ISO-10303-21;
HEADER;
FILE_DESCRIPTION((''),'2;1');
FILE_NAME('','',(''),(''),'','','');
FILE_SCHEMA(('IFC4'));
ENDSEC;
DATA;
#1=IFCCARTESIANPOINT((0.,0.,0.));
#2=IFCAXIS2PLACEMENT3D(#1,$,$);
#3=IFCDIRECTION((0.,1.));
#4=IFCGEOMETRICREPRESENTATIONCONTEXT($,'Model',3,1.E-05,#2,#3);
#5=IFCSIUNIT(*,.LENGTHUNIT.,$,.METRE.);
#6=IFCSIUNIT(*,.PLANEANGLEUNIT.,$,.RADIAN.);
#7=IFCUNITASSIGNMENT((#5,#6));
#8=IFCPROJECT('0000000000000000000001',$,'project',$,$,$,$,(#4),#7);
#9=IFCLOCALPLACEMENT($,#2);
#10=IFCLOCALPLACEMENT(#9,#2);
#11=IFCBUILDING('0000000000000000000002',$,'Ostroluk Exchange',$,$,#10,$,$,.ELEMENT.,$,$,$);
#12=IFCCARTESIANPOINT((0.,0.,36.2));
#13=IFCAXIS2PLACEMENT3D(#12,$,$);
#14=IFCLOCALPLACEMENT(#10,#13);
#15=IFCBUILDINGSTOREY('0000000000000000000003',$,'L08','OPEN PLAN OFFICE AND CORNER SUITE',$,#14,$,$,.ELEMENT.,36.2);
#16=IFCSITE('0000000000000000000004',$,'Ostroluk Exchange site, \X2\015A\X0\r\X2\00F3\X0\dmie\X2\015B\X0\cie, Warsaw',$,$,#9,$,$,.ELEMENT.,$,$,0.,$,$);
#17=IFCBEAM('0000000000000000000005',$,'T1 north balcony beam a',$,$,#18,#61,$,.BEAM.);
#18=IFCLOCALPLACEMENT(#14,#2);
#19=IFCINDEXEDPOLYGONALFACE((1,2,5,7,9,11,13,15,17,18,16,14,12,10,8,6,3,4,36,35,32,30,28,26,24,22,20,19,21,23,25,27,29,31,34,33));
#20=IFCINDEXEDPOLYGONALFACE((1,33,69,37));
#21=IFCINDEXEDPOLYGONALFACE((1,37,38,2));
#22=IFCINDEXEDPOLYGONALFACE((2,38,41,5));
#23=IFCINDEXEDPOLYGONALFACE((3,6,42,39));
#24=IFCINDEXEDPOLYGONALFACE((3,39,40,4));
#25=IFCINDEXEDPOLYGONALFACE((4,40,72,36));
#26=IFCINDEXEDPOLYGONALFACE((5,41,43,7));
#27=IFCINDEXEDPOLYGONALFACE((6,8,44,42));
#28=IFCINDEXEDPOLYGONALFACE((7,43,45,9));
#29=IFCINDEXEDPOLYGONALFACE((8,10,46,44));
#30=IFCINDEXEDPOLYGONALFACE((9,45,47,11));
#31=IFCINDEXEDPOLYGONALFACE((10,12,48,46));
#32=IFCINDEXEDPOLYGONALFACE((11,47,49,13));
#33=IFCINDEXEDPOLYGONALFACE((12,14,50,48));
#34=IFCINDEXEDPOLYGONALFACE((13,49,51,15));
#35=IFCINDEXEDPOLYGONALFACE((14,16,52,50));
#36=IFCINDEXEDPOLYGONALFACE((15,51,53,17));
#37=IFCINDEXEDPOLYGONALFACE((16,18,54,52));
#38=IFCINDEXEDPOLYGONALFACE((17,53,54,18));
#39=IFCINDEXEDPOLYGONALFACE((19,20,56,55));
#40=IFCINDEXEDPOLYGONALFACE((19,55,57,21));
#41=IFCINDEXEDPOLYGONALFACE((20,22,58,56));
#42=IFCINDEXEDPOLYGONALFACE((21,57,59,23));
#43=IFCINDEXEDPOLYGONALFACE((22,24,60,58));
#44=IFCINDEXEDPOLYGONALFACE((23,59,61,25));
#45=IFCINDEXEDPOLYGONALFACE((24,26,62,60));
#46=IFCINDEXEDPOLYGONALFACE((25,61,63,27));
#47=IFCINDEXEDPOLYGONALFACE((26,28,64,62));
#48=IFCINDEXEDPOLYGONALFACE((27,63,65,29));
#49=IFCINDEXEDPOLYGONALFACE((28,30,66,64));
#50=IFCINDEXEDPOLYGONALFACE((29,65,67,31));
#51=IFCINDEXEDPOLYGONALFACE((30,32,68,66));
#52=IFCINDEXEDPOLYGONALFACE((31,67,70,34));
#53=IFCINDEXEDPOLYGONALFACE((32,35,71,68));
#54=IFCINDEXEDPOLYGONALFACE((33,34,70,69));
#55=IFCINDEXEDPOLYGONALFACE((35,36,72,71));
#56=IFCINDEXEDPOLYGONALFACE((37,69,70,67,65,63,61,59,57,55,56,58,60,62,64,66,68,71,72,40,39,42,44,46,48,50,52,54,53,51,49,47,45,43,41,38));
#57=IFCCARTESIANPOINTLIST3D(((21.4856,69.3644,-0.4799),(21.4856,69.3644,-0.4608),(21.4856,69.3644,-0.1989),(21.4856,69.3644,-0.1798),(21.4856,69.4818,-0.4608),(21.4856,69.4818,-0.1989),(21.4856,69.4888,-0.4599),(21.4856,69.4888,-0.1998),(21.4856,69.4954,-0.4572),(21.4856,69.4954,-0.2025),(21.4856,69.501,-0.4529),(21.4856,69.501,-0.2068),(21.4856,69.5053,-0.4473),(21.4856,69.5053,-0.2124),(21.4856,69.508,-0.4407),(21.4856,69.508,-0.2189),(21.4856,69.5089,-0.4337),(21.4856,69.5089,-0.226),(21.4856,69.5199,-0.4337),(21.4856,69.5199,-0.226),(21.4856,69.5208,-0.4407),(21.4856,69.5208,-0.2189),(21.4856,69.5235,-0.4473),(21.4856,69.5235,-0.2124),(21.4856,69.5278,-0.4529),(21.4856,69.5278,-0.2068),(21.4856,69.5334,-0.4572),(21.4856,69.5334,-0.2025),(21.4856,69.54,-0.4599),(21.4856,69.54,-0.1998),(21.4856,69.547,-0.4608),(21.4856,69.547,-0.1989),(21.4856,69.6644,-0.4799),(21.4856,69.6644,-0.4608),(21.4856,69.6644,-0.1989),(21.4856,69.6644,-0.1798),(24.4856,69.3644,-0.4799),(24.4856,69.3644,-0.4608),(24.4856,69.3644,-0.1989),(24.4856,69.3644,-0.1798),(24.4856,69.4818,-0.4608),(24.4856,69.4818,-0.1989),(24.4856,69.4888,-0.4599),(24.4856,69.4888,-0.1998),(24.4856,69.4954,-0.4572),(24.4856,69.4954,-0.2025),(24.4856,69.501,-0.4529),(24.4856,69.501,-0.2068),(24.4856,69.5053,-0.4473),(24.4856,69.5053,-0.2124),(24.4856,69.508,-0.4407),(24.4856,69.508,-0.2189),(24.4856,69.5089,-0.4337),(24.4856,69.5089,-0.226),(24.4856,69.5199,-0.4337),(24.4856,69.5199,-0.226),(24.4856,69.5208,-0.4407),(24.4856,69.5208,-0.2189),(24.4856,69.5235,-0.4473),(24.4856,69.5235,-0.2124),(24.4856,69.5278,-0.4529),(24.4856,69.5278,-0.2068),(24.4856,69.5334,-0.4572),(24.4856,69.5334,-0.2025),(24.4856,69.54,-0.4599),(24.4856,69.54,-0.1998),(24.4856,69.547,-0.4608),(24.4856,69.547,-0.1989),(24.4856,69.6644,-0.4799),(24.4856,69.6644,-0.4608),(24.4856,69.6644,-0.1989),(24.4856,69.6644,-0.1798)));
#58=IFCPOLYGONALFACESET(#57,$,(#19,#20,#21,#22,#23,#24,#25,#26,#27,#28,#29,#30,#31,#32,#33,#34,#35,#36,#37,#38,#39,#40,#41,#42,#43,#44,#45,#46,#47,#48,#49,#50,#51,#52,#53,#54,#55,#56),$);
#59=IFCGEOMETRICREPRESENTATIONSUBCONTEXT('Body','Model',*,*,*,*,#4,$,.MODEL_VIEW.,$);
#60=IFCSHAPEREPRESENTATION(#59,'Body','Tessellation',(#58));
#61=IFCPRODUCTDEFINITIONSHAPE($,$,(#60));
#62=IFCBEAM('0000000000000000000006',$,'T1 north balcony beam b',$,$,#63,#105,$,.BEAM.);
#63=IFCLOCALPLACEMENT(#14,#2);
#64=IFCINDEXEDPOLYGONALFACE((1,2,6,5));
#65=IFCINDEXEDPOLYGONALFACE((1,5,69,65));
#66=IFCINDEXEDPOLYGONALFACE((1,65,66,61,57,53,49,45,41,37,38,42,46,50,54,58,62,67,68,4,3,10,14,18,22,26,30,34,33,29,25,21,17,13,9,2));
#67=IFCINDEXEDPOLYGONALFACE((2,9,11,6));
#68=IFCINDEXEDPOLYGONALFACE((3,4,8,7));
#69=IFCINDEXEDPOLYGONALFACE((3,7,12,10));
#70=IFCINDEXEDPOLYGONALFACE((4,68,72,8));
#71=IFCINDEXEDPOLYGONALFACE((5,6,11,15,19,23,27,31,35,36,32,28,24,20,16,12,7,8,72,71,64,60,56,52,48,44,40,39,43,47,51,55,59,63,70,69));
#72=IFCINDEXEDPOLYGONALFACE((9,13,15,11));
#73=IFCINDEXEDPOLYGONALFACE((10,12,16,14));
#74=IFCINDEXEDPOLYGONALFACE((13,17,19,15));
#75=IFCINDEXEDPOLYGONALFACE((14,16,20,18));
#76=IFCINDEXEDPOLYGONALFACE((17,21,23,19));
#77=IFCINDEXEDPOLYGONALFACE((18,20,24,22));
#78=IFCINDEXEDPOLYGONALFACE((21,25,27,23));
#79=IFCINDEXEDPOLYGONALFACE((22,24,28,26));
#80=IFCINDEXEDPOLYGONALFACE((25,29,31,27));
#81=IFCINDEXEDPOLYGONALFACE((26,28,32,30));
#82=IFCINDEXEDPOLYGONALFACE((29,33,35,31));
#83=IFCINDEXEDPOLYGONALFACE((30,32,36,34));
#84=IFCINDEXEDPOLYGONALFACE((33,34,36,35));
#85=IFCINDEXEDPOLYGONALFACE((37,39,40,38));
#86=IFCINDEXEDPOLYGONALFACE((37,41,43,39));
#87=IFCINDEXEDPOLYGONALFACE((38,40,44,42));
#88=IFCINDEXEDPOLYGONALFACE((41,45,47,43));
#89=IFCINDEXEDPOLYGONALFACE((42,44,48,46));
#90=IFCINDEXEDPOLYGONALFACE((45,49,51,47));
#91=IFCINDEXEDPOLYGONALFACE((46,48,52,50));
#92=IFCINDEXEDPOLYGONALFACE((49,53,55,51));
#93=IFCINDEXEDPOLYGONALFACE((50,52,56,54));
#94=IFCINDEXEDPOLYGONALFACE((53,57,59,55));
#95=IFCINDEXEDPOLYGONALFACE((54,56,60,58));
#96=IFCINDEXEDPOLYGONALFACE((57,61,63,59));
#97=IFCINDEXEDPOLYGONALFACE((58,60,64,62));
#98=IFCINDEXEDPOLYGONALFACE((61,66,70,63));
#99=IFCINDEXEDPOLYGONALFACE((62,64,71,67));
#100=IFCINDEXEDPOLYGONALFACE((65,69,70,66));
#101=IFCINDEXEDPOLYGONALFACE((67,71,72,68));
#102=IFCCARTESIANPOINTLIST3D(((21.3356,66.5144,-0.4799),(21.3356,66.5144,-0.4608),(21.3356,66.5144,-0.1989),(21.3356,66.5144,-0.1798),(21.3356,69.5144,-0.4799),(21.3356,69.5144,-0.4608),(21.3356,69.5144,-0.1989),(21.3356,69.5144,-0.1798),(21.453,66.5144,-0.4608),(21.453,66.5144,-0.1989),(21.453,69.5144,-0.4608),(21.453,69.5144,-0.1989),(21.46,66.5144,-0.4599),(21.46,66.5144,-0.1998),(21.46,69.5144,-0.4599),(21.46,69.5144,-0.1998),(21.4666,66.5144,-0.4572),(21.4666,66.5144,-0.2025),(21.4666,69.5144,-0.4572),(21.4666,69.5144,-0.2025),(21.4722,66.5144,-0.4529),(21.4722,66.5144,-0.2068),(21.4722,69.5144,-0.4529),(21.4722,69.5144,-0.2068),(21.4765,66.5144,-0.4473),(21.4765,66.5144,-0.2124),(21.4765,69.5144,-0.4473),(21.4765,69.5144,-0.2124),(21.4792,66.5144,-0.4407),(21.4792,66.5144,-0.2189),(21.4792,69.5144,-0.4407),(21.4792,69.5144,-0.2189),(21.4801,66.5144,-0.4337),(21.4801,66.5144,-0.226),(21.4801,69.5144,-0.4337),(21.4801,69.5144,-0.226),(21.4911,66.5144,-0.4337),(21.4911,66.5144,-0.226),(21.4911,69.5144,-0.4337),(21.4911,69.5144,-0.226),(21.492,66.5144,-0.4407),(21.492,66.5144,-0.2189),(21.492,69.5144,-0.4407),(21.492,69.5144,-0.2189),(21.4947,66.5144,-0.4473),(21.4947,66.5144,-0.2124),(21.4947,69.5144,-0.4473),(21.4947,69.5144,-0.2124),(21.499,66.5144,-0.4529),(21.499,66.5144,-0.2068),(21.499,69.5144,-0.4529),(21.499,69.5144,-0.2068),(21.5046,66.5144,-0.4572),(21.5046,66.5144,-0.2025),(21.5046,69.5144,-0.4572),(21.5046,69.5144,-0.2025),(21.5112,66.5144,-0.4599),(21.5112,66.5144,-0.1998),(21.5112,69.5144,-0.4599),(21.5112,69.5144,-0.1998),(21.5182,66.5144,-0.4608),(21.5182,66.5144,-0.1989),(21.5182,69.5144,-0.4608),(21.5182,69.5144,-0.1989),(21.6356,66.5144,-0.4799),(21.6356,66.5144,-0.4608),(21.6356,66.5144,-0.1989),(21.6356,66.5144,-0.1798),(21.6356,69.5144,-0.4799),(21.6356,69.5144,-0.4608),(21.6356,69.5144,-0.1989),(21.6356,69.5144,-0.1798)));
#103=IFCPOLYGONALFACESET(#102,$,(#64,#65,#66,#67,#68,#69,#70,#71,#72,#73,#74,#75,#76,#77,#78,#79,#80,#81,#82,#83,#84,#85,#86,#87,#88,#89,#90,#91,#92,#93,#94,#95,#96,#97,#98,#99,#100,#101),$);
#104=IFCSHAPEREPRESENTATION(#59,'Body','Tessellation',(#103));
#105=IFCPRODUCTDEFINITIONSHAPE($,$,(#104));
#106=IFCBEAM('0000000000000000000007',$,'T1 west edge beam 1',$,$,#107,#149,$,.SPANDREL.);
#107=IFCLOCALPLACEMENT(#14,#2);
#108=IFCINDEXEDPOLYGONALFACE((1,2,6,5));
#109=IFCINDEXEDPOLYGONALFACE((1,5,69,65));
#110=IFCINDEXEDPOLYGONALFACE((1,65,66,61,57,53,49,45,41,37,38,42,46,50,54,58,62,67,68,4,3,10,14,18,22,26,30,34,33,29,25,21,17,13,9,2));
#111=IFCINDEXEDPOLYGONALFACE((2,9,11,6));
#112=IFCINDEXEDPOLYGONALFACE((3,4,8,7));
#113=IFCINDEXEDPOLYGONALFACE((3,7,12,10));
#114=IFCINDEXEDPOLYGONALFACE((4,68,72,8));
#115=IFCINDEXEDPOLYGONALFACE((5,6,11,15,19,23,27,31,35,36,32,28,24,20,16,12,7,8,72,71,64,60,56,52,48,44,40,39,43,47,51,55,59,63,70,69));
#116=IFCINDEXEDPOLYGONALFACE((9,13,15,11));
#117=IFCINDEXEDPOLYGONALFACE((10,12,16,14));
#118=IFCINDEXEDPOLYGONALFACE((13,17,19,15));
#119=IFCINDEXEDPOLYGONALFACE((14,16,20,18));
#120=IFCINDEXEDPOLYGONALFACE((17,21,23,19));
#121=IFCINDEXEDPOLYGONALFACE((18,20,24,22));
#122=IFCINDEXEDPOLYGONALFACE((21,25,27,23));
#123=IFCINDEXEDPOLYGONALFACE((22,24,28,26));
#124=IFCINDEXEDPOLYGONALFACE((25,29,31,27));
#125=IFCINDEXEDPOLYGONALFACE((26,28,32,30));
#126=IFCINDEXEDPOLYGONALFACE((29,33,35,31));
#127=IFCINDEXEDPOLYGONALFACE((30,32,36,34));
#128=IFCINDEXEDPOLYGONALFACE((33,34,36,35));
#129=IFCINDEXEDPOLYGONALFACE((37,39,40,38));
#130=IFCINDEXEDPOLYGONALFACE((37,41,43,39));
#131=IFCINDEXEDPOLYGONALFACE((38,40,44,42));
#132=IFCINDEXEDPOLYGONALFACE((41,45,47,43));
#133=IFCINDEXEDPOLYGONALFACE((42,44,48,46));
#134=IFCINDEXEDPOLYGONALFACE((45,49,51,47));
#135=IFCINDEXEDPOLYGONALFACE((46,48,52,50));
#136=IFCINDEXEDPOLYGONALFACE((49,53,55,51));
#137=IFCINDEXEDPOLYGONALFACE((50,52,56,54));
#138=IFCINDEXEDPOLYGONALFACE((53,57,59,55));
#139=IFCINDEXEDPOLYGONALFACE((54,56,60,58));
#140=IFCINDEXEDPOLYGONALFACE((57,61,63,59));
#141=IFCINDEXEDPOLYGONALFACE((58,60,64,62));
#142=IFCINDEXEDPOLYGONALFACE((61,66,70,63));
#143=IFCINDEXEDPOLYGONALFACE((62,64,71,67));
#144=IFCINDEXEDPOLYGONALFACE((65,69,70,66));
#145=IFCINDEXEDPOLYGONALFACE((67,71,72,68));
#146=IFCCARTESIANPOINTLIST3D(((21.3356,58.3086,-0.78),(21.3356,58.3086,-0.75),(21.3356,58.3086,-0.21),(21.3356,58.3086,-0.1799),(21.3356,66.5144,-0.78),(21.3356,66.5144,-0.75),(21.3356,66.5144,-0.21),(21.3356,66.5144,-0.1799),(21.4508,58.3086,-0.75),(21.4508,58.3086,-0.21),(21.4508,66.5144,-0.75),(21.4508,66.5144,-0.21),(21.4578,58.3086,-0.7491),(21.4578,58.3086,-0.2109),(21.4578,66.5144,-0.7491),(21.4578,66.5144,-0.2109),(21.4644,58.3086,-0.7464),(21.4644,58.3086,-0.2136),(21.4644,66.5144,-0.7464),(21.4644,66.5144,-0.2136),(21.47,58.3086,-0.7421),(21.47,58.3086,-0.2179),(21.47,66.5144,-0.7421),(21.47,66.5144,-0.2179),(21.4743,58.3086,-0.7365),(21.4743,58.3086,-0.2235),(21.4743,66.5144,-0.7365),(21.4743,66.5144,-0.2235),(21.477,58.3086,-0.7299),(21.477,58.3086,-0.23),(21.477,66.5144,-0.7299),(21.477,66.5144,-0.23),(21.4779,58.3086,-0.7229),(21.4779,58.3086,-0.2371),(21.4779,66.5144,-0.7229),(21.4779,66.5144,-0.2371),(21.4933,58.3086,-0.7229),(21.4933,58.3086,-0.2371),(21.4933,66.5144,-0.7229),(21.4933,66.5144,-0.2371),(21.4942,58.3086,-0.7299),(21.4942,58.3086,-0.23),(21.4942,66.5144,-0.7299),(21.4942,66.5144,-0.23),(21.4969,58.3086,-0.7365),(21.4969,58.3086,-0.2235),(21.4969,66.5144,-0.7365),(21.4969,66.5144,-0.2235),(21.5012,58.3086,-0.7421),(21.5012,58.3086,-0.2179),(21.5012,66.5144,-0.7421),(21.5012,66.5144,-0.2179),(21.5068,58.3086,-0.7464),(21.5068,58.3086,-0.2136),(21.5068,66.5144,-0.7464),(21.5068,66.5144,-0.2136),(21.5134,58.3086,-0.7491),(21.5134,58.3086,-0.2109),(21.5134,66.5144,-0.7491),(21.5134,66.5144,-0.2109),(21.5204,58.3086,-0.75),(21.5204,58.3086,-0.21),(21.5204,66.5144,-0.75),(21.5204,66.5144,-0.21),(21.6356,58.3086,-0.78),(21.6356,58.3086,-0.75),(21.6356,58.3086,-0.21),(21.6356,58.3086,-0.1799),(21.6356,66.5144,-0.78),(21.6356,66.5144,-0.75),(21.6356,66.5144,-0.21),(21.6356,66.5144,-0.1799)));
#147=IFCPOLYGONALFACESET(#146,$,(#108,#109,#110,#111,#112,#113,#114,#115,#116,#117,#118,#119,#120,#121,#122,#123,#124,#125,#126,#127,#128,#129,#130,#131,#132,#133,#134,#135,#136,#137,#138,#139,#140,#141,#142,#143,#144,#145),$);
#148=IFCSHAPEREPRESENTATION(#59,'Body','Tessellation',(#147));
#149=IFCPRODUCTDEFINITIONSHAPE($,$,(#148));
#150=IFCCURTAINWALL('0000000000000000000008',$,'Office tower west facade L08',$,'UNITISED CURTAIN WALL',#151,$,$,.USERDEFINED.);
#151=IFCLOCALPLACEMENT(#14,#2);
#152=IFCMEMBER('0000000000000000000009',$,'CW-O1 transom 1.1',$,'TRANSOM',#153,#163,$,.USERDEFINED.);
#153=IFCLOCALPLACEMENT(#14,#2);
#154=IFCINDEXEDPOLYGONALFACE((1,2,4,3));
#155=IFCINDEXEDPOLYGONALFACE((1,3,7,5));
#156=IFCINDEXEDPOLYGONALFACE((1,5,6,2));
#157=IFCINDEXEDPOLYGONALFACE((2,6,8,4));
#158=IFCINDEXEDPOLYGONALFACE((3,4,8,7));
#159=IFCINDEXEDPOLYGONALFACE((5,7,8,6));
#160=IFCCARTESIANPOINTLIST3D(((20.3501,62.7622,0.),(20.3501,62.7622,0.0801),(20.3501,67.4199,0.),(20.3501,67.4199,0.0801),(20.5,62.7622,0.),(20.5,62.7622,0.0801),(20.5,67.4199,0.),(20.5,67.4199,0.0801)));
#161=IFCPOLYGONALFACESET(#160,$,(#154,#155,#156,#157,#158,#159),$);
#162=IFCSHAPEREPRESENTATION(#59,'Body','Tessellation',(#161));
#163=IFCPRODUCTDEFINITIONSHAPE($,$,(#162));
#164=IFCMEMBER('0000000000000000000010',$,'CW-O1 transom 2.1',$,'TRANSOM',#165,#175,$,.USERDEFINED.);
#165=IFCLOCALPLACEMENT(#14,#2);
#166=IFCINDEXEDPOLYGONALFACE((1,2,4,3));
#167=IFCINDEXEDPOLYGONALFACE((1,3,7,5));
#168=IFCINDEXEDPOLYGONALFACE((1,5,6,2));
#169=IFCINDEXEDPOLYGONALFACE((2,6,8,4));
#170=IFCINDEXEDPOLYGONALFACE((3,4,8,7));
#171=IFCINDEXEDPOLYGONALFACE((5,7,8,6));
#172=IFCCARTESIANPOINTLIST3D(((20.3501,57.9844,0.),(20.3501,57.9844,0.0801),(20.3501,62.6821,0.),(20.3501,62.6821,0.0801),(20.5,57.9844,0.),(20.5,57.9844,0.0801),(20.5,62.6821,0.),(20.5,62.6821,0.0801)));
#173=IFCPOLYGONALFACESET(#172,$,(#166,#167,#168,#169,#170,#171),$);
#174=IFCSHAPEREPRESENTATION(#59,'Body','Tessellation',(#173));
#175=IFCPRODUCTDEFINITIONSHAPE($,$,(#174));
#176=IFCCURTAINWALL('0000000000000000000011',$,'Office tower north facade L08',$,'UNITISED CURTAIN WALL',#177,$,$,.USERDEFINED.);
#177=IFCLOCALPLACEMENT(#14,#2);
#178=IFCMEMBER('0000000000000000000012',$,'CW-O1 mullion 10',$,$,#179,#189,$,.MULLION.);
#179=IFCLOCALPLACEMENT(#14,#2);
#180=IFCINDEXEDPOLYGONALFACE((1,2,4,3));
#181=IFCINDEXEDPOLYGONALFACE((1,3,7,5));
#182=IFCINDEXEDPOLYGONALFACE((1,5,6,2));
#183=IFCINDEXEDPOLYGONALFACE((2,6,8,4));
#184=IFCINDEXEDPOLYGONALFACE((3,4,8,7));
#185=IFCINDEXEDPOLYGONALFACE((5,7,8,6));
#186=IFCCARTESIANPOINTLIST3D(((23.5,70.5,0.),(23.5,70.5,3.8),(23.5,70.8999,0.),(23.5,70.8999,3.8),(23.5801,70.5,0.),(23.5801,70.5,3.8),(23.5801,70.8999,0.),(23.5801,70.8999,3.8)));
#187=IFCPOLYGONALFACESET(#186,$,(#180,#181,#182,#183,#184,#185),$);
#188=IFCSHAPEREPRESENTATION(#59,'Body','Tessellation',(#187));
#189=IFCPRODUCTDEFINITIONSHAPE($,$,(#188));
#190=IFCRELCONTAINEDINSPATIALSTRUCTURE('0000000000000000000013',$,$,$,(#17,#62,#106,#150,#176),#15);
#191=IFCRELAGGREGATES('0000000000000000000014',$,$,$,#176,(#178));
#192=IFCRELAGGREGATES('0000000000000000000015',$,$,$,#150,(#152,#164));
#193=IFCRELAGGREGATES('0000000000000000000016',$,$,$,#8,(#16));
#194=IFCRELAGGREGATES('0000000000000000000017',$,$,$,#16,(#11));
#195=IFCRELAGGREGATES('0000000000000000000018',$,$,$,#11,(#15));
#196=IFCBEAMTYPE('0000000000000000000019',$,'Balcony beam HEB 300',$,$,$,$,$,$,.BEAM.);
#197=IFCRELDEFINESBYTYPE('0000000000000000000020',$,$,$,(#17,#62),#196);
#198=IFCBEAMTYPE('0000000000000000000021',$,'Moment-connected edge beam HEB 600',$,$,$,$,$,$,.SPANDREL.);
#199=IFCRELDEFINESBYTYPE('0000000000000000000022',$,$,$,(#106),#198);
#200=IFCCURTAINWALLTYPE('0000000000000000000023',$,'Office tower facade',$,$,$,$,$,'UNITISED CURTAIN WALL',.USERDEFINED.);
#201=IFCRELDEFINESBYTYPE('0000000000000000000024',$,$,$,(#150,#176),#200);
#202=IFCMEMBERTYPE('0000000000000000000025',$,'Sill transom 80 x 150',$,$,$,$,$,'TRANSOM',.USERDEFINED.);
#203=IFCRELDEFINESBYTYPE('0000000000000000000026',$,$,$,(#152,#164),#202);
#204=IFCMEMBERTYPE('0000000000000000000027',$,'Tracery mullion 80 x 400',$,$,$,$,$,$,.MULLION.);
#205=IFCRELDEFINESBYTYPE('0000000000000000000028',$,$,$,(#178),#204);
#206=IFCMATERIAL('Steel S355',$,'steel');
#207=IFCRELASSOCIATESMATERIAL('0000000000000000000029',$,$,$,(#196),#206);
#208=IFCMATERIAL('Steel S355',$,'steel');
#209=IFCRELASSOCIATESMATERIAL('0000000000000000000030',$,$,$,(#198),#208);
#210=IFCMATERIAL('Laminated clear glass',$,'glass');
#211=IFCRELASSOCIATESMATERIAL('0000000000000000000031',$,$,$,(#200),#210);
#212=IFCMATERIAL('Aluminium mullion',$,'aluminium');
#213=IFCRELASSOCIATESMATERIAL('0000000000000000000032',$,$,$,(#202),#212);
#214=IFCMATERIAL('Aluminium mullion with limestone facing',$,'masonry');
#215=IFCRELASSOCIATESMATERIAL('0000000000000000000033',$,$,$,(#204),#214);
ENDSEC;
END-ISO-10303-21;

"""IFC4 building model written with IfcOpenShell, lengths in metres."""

from ifc_helpers import new_model, si_unit, direction, frame, origin, origin_2d, place, context, subcontext, project, spatial, rectangle, i_section, extrude, material, material_profile, profile_set, type_object, element, aggregate, save


model = new_model("IFC4")

# Units and contexts
model_context = context("Model", 3, precision=1e-05, world=origin(), true_north=direction((0.0, 1.0)))
body_context = subcontext(model_context, "Body", "Model", "MODEL_VIEW")
ifc_project = project(units=[si_unit("LENGTHUNIT", "METRE"), si_unit("PLANEANGLEUNIT", "RADIAN")], contexts=[model_context])

# Site, building, storey
site_placement = place(None, origin())
site = spatial("IfcSite", under=ifc_project, at=site_placement, Name="Ostroluk Exchange site, Śródmieście, Warsaw", CompositionType="ELEMENT", RefElevation=0.0)
building_placement = place(site_placement, origin())
building = spatial("IfcBuilding", under=site, at=building_placement, Name="Ostroluk Exchange", CompositionType="ELEMENT")
storey_placement = place(building_placement, frame((0.0, 0.0, 36.2)))
storey = spatial("IfcBuildingStorey", under=building, at=storey_placement, Name="L08", Description="OPEN PLAN OFFICE AND CORNER SUITE", CompositionType="ELEMENT", Elevation=36.2)

# Beams
ifc_material_1 = material(Name="Steel S355", Category="steel")
ifc_material_profile_1 = material_profile(ifc_material_1, i_section(OverallWidth=0.3, OverallDepth=0.3, WebThickness=0.011, FlangeThickness=0.019, FilletRadius=0.0271, at=origin_2d()), Name="HEB 300")
ifc_profile_set_1 = profile_set([ifc_material_profile_1], Name="Steel S355")
beam_type_1 = type_object("IfcBeamType", Name="Balcony beam HEB 300", PredefinedType="BEAM", material=ifc_profile_set_1)
for number, where, z_axis, x_axis, name in (
    (1, (24.4856, 69.5144, -0.3298), (-1.0, 0.0, 0.0), (0.0, -1.0, 0.0), "T1 north balcony beam a"),
    (2, (21.4856, 66.5144, -0.3298), (0.0, 1.0, 0.0), (-1.0, 0.0, 0.0), "T1 north balcony beam b"),
):
    element("IfcBeam", number, at=place(storey_placement, frame(where, z_axis=z_axis, x_axis=x_axis)), inside=storey, type_object=beam_type_1, Name=name, PredefinedType="BEAM", context=body_context, shape_type="SweptSolid", body=[
        extrude(i_section(OverallWidth=0.3, OverallDepth=0.3, WebThickness=0.011, FlangeThickness=0.019, FilletRadius=0.0271, at=origin_2d()), origin(), (0.0, 0.0, 1.0), 3.0),
    ])
ifc_material_2 = material(Name="Steel S355", Category="steel")
ifc_material_profile_2 = material_profile(ifc_material_2, i_section(OverallWidth=0.3, OverallDepth=0.6001, WebThickness=0.0154, FlangeThickness=0.03, FilletRadius=0.0271, at=origin_2d()), Name="HEB 600")
ifc_profile_set_2 = profile_set([ifc_material_profile_2], Name="Steel S355")
beam_type_2 = type_object("IfcBeamType", Name="Moment-connected edge beam HEB 600", PredefinedType="SPANDREL", material=ifc_profile_set_2)
beam_placement = place(storey_placement, frame((21.4856, 66.5144, -0.48), z_axis=(0.0, -1.0, 0.0), x_axis=(1.0, 0.0, 0.0)))
element("IfcBeam", 3, at=beam_placement, inside=storey, type_object=beam_type_2, Name="T1 west edge beam 1", PredefinedType="SPANDREL", context=body_context, shape_type="SweptSolid", body=[
    extrude(i_section(OverallWidth=0.3, OverallDepth=0.6001, WebThickness=0.0154, FlangeThickness=0.03, FilletRadius=0.0271, at=origin_2d()), origin(), (0.0, 0.0, 1.0), 8.2058),
])

# Curtain wall, members
ifc_material_3 = material(Name="Laminated clear glass", Category="glass")
curtain_wall_type = type_object("IfcCurtainWallType", Name="Office tower facade", ElementType="UNITISED CURTAIN WALL", PredefinedType="USERDEFINED", material=ifc_material_3)
curtain_wall_1_placement = place(storey_placement, origin())
curtain_wall_1 = element("IfcCurtainWall", 4, at=curtain_wall_1_placement, inside=storey, type_object=curtain_wall_type, Name="Office tower west facade L08", ObjectType="UNITISED CURTAIN WALL", PredefinedType="USERDEFINED")
ifc_material_4 = material(Name="Aluminium mullion", Category="aluminium")
ifc_material_profile_3 = material_profile(ifc_material_4, rectangle(XDim=0.1499, YDim=0.0801, at=origin_2d()), Name="Sill transom 80 x 150")
ifc_profile_set_3 = profile_set([ifc_material_profile_3], Name="Aluminium mullion")
member_type_1 = type_object("IfcMemberType", Name="Sill transom 80 x 150", ElementType="TRANSOM", PredefinedType="USERDEFINED", material=ifc_profile_set_3)
member_1_placement = place(storey_placement, frame((20.425, 67.4199, 0.04), z_axis=(0.0, -1.0, 0.0), x_axis=(1.0, 0.0, 0.0)))
member_1 = element("IfcMember", 5, at=member_1_placement, type_object=member_type_1, Name="CW-O1 transom 1.1", ObjectType="TRANSOM", PredefinedType="USERDEFINED", context=body_context, shape_type="SweptSolid", body=[
    extrude(rectangle(XDim=0.1499, YDim=0.0801, at=origin_2d()), origin(), (0.0, 0.0, 1.0), 4.6577),
])
member_2_placement = place(storey_placement, frame((20.425, 62.6821, 0.04), z_axis=(0.0, -1.0, 0.0), x_axis=(1.0, 0.0, 0.0)))
member_2 = element("IfcMember", 6, at=member_2_placement, type_object=member_type_1, Name="CW-O1 transom 2.1", ObjectType="TRANSOM", PredefinedType="USERDEFINED", context=body_context, shape_type="SweptSolid", body=[
    extrude(rectangle(XDim=0.1499, YDim=0.0801, at=origin_2d()), origin(), (0.0, 0.0, 1.0), 4.6978),
])

# Curtain wall, member
curtain_wall_2_placement = place(storey_placement, origin())
curtain_wall_2 = element("IfcCurtainWall", 7, at=curtain_wall_2_placement, inside=storey, type_object=curtain_wall_type, Name="Office tower north facade L08", ObjectType="UNITISED CURTAIN WALL", PredefinedType="USERDEFINED")
ifc_material_5 = material(Name="Aluminium mullion with limestone facing", Category="masonry")
ifc_material_profile_4 = material_profile(ifc_material_5, rectangle(XDim=0.3999, YDim=0.0801, at=origin_2d()), Name="Tracery mullion 80 x 400")
ifc_profile_set_4 = profile_set([ifc_material_profile_4], Name="Aluminium mullion with limestone facing")
member_type_2 = type_object("IfcMemberType", Name="Tracery mullion 80 x 400", PredefinedType="MULLION", material=ifc_profile_set_4)
member_3_placement = place(storey_placement, frame((23.54, 70.7, 0.0), z_axis=(0.0, 0.0, 1.0), x_axis=(0.0, -1.0, 0.0)))
member_3 = element("IfcMember", 8, at=member_3_placement, type_object=member_type_2, Name="CW-O1 mullion 10", PredefinedType="MULLION", context=body_context, shape_type="SweptSolid", body=[
    extrude(rectangle(XDim=0.3999, YDim=0.0801, at=origin_2d()), origin(), (0.0, 0.0, 1.0), 3.8),
])
aggregate(curtain_wall_2, [member_3])

aggregate(curtain_wall_1, [member_1, member_2])

save(model, "model.ifc")
